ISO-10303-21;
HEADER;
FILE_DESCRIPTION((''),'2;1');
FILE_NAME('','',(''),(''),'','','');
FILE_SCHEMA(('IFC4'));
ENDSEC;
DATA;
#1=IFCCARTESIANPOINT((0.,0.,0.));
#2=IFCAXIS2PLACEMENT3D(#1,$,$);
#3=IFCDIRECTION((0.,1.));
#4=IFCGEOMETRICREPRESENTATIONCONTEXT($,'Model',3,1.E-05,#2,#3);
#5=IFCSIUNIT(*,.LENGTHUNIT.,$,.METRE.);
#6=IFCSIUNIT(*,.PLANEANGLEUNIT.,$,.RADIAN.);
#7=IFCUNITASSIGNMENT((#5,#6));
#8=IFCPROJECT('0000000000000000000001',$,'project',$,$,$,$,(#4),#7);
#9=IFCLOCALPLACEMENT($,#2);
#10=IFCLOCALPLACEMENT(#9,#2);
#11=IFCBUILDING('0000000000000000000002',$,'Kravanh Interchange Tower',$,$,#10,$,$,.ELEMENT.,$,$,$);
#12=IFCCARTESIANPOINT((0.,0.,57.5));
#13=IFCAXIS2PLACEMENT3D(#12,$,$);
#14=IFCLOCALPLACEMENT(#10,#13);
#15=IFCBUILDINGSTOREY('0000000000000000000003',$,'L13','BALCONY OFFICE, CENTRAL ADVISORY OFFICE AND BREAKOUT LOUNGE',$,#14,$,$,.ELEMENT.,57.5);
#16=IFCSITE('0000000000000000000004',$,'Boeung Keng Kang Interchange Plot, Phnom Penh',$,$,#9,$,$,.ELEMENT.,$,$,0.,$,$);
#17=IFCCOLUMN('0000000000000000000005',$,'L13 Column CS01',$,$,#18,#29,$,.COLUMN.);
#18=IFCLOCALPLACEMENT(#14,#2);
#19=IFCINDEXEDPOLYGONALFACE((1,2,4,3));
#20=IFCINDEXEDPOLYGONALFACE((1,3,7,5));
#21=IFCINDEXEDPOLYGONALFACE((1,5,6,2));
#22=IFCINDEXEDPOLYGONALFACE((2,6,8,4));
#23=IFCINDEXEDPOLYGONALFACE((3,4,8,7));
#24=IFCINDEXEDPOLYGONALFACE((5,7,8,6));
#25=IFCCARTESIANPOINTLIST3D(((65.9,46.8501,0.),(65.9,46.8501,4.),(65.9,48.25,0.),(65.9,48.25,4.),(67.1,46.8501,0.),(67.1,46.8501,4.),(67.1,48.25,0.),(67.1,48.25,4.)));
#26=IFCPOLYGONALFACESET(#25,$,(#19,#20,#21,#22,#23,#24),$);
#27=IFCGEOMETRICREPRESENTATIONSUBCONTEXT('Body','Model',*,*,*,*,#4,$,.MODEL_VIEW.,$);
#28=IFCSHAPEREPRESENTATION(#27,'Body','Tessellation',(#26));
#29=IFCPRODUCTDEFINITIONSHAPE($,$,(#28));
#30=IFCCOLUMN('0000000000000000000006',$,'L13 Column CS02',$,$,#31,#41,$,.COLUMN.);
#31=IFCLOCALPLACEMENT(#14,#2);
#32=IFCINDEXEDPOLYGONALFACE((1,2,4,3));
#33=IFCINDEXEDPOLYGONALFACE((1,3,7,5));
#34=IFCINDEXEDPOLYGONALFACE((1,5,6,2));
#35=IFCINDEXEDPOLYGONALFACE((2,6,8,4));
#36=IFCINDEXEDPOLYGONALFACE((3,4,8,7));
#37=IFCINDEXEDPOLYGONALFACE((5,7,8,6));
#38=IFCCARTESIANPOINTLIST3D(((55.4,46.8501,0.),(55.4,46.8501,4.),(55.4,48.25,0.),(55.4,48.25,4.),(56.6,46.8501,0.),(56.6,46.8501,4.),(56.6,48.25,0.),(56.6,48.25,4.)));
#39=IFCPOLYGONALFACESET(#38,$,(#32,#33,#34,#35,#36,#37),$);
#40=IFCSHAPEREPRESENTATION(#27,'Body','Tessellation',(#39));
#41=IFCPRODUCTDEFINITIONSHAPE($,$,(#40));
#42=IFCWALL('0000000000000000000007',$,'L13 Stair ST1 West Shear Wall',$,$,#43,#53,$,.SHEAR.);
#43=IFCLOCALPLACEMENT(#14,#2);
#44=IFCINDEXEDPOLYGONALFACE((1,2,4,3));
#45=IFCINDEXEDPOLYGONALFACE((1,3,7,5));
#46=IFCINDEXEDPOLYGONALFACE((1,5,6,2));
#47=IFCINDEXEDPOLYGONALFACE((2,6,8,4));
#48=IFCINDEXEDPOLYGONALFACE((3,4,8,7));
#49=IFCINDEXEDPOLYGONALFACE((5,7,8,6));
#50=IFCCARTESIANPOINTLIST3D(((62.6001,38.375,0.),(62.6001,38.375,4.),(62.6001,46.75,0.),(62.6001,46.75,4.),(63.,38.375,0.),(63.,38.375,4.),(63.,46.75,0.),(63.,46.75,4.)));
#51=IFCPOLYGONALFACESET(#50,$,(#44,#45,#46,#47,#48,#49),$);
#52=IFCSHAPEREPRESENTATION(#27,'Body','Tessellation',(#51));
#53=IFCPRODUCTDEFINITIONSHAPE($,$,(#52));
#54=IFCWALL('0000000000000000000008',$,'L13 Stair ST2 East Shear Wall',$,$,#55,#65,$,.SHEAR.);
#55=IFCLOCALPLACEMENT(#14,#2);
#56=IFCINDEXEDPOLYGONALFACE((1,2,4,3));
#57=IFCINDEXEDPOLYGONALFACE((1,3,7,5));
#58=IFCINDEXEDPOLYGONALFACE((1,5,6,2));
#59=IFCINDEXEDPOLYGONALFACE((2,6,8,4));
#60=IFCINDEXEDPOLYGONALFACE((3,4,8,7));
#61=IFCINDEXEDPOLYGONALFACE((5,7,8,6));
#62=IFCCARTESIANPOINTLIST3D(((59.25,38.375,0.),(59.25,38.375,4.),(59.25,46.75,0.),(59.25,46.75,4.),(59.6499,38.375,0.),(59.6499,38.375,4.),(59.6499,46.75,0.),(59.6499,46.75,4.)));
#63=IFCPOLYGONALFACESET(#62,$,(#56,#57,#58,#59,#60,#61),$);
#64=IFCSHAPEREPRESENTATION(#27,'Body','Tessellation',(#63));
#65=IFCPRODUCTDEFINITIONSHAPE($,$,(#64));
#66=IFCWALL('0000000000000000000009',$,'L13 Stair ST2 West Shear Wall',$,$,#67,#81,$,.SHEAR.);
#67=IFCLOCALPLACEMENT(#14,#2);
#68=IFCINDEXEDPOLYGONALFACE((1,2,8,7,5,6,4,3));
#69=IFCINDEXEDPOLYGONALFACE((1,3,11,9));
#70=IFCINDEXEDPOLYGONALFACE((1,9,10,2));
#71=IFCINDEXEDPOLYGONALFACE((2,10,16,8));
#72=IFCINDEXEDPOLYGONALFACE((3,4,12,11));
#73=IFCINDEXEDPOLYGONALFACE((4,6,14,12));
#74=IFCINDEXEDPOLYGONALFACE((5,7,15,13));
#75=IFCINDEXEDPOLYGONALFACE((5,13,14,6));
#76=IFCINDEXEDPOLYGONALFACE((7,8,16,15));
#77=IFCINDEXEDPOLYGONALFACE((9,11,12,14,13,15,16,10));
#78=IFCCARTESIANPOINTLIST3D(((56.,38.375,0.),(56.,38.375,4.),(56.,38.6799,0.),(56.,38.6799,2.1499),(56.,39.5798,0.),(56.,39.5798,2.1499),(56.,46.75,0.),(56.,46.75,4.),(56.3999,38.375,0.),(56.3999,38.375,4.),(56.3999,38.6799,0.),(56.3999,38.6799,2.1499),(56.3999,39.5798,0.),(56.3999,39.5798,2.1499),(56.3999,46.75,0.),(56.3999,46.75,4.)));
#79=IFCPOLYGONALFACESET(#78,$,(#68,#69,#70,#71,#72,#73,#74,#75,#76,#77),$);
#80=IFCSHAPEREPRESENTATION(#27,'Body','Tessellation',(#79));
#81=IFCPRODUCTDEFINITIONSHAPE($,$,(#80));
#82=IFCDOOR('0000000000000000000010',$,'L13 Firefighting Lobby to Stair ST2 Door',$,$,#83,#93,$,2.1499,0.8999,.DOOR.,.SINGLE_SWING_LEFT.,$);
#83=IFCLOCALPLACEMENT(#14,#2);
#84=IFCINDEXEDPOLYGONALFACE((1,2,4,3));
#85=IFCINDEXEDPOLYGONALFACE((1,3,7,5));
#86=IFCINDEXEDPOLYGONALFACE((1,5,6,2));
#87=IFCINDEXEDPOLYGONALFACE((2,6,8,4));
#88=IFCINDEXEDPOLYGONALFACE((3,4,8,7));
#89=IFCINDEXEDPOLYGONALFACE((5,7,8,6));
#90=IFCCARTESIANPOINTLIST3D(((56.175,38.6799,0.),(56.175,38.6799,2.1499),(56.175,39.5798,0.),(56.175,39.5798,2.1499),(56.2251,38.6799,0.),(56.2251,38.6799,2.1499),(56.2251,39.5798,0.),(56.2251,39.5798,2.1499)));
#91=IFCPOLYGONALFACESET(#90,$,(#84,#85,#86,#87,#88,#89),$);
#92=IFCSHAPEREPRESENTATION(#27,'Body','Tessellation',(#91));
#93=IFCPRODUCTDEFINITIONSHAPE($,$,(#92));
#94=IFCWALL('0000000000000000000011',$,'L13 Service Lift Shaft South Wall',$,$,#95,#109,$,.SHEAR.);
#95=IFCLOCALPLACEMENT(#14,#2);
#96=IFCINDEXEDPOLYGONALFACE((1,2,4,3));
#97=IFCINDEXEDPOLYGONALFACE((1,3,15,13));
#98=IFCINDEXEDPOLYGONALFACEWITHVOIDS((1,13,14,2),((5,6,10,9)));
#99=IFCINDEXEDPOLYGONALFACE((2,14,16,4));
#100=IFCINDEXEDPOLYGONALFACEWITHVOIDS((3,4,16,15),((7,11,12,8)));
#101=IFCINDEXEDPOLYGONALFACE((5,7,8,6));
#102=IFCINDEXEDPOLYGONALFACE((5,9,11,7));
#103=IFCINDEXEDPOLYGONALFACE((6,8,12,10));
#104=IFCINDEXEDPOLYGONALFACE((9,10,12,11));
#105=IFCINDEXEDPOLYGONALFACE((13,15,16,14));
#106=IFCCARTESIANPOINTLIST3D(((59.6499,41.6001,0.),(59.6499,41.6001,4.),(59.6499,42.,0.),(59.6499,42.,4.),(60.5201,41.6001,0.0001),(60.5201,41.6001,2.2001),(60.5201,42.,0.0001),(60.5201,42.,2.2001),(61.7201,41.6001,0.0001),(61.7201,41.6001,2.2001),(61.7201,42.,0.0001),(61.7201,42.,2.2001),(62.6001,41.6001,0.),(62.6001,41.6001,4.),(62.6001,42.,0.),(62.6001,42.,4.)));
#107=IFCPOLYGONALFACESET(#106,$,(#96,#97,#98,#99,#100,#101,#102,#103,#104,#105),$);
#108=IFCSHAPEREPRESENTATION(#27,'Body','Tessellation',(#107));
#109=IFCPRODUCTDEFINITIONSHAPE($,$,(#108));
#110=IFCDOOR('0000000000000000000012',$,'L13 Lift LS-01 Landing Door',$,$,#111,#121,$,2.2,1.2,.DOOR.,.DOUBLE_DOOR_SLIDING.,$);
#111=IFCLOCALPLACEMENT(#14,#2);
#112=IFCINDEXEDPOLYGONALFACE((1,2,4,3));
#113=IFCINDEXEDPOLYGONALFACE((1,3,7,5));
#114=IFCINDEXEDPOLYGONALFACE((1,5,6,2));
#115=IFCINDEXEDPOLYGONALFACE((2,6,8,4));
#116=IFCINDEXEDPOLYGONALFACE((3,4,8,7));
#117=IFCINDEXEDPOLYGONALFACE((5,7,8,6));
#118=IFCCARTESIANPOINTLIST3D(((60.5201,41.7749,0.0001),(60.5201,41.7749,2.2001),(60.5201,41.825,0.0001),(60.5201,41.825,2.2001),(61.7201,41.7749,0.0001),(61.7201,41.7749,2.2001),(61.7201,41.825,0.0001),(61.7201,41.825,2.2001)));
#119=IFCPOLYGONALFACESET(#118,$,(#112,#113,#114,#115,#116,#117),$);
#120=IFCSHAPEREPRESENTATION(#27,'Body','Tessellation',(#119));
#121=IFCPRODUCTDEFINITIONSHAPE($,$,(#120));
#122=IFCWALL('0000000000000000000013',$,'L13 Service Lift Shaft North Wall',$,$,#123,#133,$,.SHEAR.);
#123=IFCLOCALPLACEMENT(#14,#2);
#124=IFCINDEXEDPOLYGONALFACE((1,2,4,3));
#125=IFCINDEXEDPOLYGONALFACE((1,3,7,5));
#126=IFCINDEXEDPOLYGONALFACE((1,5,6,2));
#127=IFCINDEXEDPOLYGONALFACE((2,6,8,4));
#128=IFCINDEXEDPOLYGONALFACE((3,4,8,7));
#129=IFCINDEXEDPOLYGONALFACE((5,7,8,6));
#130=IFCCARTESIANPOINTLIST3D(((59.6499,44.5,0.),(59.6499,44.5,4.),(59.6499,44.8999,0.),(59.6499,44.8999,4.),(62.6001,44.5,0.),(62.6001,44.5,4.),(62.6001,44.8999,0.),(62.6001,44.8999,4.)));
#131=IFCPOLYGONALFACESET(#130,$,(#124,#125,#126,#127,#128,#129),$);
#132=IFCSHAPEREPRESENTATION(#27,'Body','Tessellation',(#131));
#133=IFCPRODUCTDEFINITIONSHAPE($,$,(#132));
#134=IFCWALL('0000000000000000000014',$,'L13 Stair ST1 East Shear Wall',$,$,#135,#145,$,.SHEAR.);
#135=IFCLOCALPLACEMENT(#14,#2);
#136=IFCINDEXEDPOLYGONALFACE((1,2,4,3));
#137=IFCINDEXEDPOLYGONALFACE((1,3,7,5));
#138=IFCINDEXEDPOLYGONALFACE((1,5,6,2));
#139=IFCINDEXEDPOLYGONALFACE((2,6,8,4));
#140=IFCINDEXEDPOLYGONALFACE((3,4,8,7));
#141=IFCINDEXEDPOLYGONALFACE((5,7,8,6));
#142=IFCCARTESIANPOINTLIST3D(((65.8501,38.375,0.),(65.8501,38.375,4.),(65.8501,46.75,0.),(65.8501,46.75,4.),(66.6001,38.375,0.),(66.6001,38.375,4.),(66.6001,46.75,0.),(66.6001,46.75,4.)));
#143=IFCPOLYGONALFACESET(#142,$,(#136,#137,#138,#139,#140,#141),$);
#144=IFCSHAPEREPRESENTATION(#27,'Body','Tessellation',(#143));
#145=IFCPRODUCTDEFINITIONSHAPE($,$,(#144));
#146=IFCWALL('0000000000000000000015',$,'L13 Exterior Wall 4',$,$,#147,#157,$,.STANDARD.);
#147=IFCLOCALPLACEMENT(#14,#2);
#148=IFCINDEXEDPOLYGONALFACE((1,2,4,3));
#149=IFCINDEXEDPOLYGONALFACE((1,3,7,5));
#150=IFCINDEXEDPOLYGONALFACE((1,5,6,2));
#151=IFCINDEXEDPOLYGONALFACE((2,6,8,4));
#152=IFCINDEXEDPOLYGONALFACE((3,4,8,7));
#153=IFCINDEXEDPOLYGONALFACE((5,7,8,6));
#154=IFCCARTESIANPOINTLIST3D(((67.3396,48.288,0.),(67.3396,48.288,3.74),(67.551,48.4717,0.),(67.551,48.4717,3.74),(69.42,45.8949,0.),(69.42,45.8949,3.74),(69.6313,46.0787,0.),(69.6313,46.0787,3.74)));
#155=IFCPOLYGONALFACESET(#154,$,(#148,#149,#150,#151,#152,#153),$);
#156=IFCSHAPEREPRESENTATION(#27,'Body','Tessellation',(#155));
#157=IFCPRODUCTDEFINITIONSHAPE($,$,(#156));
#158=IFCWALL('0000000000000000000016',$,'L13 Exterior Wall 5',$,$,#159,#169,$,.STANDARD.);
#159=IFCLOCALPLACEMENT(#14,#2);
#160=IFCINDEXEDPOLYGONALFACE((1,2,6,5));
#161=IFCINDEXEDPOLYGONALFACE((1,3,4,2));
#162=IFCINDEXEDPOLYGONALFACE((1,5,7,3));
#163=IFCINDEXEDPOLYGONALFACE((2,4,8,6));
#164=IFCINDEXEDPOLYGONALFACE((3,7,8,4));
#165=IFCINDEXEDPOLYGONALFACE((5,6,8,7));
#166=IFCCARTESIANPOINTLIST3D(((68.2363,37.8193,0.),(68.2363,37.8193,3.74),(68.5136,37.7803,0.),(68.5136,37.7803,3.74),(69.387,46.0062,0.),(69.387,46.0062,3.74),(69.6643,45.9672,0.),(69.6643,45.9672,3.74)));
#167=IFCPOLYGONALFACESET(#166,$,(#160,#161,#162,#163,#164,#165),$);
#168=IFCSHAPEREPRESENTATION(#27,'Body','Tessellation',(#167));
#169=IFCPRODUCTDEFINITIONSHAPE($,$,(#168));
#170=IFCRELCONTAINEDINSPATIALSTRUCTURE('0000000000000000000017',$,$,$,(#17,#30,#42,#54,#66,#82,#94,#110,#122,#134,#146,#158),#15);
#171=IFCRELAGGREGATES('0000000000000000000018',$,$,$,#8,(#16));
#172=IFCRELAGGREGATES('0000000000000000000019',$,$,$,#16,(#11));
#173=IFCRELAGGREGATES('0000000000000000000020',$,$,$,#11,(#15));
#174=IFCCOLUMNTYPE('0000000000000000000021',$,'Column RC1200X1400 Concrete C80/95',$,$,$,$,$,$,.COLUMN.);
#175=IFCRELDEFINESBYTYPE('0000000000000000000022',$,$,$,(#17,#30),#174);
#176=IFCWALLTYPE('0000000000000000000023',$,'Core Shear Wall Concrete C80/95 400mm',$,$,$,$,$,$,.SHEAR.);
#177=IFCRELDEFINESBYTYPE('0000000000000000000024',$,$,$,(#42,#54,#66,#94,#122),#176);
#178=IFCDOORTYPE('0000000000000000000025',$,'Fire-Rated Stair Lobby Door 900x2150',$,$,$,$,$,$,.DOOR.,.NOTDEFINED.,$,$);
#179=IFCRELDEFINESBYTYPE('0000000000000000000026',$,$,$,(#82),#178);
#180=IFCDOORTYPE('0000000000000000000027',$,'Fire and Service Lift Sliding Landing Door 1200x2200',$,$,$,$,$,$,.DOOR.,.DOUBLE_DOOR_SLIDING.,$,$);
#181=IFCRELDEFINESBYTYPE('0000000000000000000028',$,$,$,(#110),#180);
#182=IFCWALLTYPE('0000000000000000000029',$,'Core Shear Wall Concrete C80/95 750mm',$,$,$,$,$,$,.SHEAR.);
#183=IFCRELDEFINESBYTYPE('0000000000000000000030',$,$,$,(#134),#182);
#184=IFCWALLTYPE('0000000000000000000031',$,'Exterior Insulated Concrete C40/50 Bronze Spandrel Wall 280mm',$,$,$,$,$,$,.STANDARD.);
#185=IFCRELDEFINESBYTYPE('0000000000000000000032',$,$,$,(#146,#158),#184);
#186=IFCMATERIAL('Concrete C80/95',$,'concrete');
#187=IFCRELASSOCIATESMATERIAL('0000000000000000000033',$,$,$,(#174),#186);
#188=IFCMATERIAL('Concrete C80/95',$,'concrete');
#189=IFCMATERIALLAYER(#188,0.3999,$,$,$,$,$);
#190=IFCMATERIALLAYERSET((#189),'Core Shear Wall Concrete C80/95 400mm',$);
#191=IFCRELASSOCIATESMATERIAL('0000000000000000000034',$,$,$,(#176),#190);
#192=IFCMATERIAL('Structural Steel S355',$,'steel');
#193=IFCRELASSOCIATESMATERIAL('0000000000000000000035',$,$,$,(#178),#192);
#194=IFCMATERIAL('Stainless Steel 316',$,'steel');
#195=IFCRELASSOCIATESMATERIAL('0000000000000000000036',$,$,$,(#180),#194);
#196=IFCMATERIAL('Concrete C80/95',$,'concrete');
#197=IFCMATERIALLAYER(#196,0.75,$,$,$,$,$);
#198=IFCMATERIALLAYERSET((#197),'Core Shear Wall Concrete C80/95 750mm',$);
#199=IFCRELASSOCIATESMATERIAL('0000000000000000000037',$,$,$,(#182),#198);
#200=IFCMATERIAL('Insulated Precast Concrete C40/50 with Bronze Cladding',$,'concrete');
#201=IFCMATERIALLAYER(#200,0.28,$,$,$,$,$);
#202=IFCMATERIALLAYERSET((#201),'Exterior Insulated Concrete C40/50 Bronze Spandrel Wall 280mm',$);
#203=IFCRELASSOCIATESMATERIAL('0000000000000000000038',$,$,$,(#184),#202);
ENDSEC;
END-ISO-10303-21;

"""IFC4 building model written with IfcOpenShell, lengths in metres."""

from ifc_helpers import new_model, si_unit, direction, frame, frame_2d, origin, origin_2d, place, context, subcontext, project, spatial, rectangle, extrude, material, layer, layer_set, material_profile, profile_set, type_object, element, fill, save


model = new_model("IFC4")

# Units and contexts
model_context = context("Model", 3, precision=1e-05, world=origin(), true_north=direction((0.0, 1.0)))
body_context = subcontext(model_context, "Body", "Model", "MODEL_VIEW")
ifc_project = project(units=[si_unit("LENGTHUNIT", "METRE"), si_unit("PLANEANGLEUNIT", "RADIAN")], contexts=[model_context])

# Site, building, storey
site_placement = place(None, origin())
site = spatial("IfcSite", under=ifc_project, at=site_placement, Name="Boeung Keng Kang Interchange Plot, Phnom Penh", CompositionType="ELEMENT", RefElevation=0.0)
building_placement = place(site_placement, origin())
building = spatial("IfcBuilding", under=site, at=building_placement, Name="Kravanh Interchange Tower", CompositionType="ELEMENT")
storey_placement = place(building_placement, frame((0.0, 0.0, 57.5)))
storey = spatial("IfcBuildingStorey", under=building, at=storey_placement, Name="L13", Description="BALCONY OFFICE, CENTRAL ADVISORY OFFICE AND BREAKOUT LOUNGE", CompositionType="ELEMENT", Elevation=57.5)

# Columns
ifc_material_1 = material(Name="Concrete C80/95", Category="concrete")
ifc_material_profile = material_profile(ifc_material_1, rectangle(XDim=1.2, YDim=1.3999, at=origin_2d()), Name="RC1200X1400")
ifc_profile_set = profile_set([ifc_material_profile], Name="Concrete C80/95")
column_type = type_object("IfcColumnType", Name="Column RC1200X1400 Concrete C80/95", PredefinedType="COLUMN", material=ifc_profile_set)
for number, where, z_axis, x_axis, name in (
    (1, (66.5, 47.55, 0.0), (0.0, 0.0, 1.0), (1.0, 0.0, 0.0), "L13 Column CS01"),
    (2, (56.0, 47.55, 0.0), (0.0, 0.0, 1.0), (1.0, 0.0, 0.0), "L13 Column CS02"),
):
    element("IfcColumn", number, at=place(storey_placement, frame(where, z_axis=z_axis, x_axis=x_axis)), inside=storey, type_object=column_type, Name=name, PredefinedType="COLUMN", context=body_context, shape_type="SweptSolid", body=[
        extrude(rectangle(XDim=1.2, YDim=1.3999, at=origin_2d()), origin(), (0.0, 0.0, 1.0), 4.0),
    ])

# Walls
ifc_material_2 = material(Name="Concrete C80/95", Category="concrete")
ifc_layer_1 = layer(ifc_material_2, 0.3999)
ifc_layer_set_1 = layer_set([ifc_layer_1], Name="Core Shear Wall Concrete C80/95 400mm")
wall_type_1 = type_object("IfcWallType", Name="Core Shear Wall Concrete C80/95 400mm", PredefinedType="SHEAR", material=ifc_layer_set_1)
for number, where, z_axis, x_axis, name in (
    (3, (62.8, 38.375, 0.0), (0.0, 0.0, 1.0), (0.0, 1.0, 0.0), "L13 Stair ST1 West Shear Wall"),
    (4, (59.45, 38.375, 0.0), (0.0, 0.0, 1.0), (0.0, 1.0, 0.0), "L13 Stair ST2 East Shear Wall"),
):
    element("IfcWall", number, at=place(storey_placement, frame(where, z_axis=z_axis, x_axis=x_axis)), inside=storey, type_object=wall_type_1, Name=name, PredefinedType="SHEAR", context=body_context, shape_type="SweptSolid", body=[
        extrude(rectangle(XDim=8.375, YDim=0.3999, at=frame_2d((4.1875, 0.0))), origin(), (0.0, 0.0, 1.0), 4.0),
    ])

# Walls, openings, doors
wall_1_placement = place(storey_placement, frame((56.2, 38.375, 0.0), z_axis=(0.0, 0.0, 1.0), x_axis=(0.0, 1.0, 0.0)))
wall_1 = element("IfcWall", 5, at=wall_1_placement, inside=storey, type_object=wall_type_1, Name="L13 Stair ST2 West Shear Wall", PredefinedType="SHEAR", context=body_context, shape_type="SweptSolid", body=[
    extrude(rectangle(XDim=8.375, YDim=0.3999, at=frame_2d((4.1875, 0.0))), origin(), (0.0, 0.0, 1.0), 4.0),
])
opening_1_placement = place(wall_1_placement, frame((0.3049, 0.0, 0.0)))
opening_1 = element("IfcOpeningElement", 6, at=opening_1_placement, cuts=wall_1, PredefinedType="OPENING", context=body_context, shape_type="SweptSolid", body=[
    extrude(rectangle(XDim=0.8999, YDim=2.1499, at=frame_2d((0.45, 1.075))), frame((0.0, 0.21, 0.0), z_axis=(0.0, -1.0, 0.0), x_axis=(1.0, 0.0, 0.0)), (0.0, 0.0, 1.0), 0.4199),
])
ifc_material_3 = material(Name="Structural Steel S355", Category="steel")
door_type_1 = type_object("IfcDoorType", Name="Fire-Rated Stair Lobby Door 900x2150", OperationType="NOTDEFINED", PredefinedType="DOOR", material=ifc_material_3)
door_1_placement = place(opening_1_placement, origin())
door_1 = element("IfcDoor", 7, at=door_1_placement, inside=storey, type_object=door_type_1, Name="L13 Firefighting Lobby to Stair ST2 Door", OperationType="SINGLE_SWING_LEFT", OverallHeight=2.1499, OverallWidth=0.8999, PredefinedType="DOOR", context=body_context, shape_type="SweptSolid", body=[
    extrude(rectangle(XDim=0.8999, YDim=2.1499, at=frame_2d((0.45, 1.075))), frame((0.0, 0.0249, 0.0), z_axis=(0.0, -1.0, 0.0), x_axis=(1.0, 0.0, 0.0)), (0.0, 0.0, 1.0), 0.05),
])
fill(opening_1, door_1)
wall_2_placement = place(storey_placement, frame((59.6499, 41.8, 0.0), z_axis=(0.0, 0.0, 1.0), x_axis=(1.0, 0.0, 0.0)))
wall_2 = element("IfcWall", 8, at=wall_2_placement, inside=storey, type_object=wall_type_1, Name="L13 Service Lift Shaft South Wall", PredefinedType="SHEAR", context=body_context, shape_type="SweptSolid", body=[
    extrude(rectangle(XDim=2.9502, YDim=0.3999, at=frame_2d((1.4751, 0.0))), origin(), (0.0, 0.0, 1.0), 4.0),
])
opening_2_placement = place(wall_2_placement, frame((0.8701, 0.0, 0.0)))
opening_2 = element("IfcOpeningElement", 9, at=opening_2_placement, cuts=wall_2, PredefinedType="OPENING", context=body_context, shape_type="SweptSolid", body=[
    extrude(rectangle(XDim=1.2, YDim=2.2, at=frame_2d((0.6001, 1.1001))), frame((0.0, 0.21, 0.0), z_axis=(0.0, -1.0, 0.0), x_axis=(1.0, 0.0, 0.0)), (0.0, 0.0, 1.0), 0.4199),
])
ifc_material_4 = material(Name="Stainless Steel 316", Category="steel")
door_type_2 = type_object("IfcDoorType", Name="Fire and Service Lift Sliding Landing Door 1200x2200", OperationType="DOUBLE_DOOR_SLIDING", PredefinedType="DOOR", material=ifc_material_4)
door_2_placement = place(opening_2_placement, origin())
door_2 = element("IfcDoor", 10, at=door_2_placement, inside=storey, type_object=door_type_2, Name="L13 Lift LS-01 Landing Door", OperationType="DOUBLE_DOOR_SLIDING", OverallHeight=2.2, OverallWidth=1.2, PredefinedType="DOOR", context=body_context, shape_type="SweptSolid", body=[
    extrude(rectangle(XDim=1.2, YDim=2.2, at=frame_2d((0.6001, 1.1001))), frame((0.0, 0.0249, 0.0), z_axis=(0.0, -1.0, 0.0), x_axis=(1.0, 0.0, 0.0)), (0.0, 0.0, 1.0), 0.05),
])
fill(opening_2, door_2)

# Walls
wall_3_placement = place(storey_placement, frame((59.6499, 44.7, 0.0), z_axis=(0.0, 0.0, 1.0), x_axis=(1.0, 0.0, 0.0)))
element("IfcWall", 11, at=wall_3_placement, inside=storey, type_object=wall_type_1, Name="L13 Service Lift Shaft North Wall", PredefinedType="SHEAR", context=body_context, shape_type="SweptSolid", body=[
    extrude(rectangle(XDim=2.9502, YDim=0.3999, at=frame_2d((1.4751, 0.0))), origin(), (0.0, 0.0, 1.0), 4.0),
])
ifc_material_5 = material(Name="Concrete C80/95", Category="concrete")
ifc_layer_2 = layer(ifc_material_5, 0.75)
ifc_layer_set_2 = layer_set([ifc_layer_2], Name="Core Shear Wall Concrete C80/95 750mm")
wall_type_2 = type_object("IfcWallType", Name="Core Shear Wall Concrete C80/95 750mm", PredefinedType="SHEAR", material=ifc_layer_set_2)
wall_4_placement = place(storey_placement, frame((66.2251, 38.375, 0.0), z_axis=(0.0, 0.0, 1.0), x_axis=(0.0, 1.0, 0.0)))
element("IfcWall", 12, at=wall_4_placement, inside=storey, type_object=wall_type_2, Name="L13 Stair ST1 East Shear Wall", PredefinedType="SHEAR", context=body_context, shape_type="SweptSolid", body=[
    extrude(rectangle(XDim=8.375, YDim=0.75, at=frame_2d((4.1875, 0.0))), origin(), (0.0, 0.0, 1.0), 4.0),
])
ifc_material_6 = material(Name="Insulated Precast Concrete C40/50 with Bronze Cladding", Category="concrete")
ifc_layer_3 = layer(ifc_material_6, 0.28)
ifc_layer_set_3 = layer_set([ifc_layer_3], Name="Exterior Insulated Concrete C40/50 Bronze Spandrel Wall 280mm")
wall_type_3 = type_object("IfcWallType", Name="Exterior Insulated Concrete C40/50 Bronze Spandrel Wall 280mm", PredefinedType="STANDARD", material=ifc_layer_set_3)
wall_5_placement = place(storey_placement, frame((67.4453, 48.3799, 0.0), z_axis=(0.0, 0.0, 1.0), x_axis=(0.65607, -0.7547, 0.0)))
element("IfcWall", 13, at=wall_5_placement, inside=storey, type_object=wall_type_3, Name="L13 Exterior Wall 4", PredefinedType="STANDARD", context=body_context, shape_type="SweptSolid", body=[
    extrude(rectangle(XDim=3.1709, YDim=0.28, at=frame_2d((1.5854, 0.0))), origin(), (0.0, 0.0, 1.0), 3.74),
])
wall_6_placement = place(storey_placement, frame((69.5256, 45.9868, 0.0), z_axis=(0.0, 0.0, 1.0), x_axis=(-0.13918, -0.990267, 0.0)))
element("IfcWall", 14, at=wall_6_placement, inside=storey, type_object=wall_type_3, Name="L13 Exterior Wall 5", PredefinedType="STANDARD", context=body_context, shape_type="SweptSolid", body=[
    extrude(rectangle(XDim=8.2673, YDim=0.28, at=frame_2d((4.1338, 0.0))), origin(), (0.0, 0.0, 1.0), 3.74),
])

save(model, "model.ifc")
